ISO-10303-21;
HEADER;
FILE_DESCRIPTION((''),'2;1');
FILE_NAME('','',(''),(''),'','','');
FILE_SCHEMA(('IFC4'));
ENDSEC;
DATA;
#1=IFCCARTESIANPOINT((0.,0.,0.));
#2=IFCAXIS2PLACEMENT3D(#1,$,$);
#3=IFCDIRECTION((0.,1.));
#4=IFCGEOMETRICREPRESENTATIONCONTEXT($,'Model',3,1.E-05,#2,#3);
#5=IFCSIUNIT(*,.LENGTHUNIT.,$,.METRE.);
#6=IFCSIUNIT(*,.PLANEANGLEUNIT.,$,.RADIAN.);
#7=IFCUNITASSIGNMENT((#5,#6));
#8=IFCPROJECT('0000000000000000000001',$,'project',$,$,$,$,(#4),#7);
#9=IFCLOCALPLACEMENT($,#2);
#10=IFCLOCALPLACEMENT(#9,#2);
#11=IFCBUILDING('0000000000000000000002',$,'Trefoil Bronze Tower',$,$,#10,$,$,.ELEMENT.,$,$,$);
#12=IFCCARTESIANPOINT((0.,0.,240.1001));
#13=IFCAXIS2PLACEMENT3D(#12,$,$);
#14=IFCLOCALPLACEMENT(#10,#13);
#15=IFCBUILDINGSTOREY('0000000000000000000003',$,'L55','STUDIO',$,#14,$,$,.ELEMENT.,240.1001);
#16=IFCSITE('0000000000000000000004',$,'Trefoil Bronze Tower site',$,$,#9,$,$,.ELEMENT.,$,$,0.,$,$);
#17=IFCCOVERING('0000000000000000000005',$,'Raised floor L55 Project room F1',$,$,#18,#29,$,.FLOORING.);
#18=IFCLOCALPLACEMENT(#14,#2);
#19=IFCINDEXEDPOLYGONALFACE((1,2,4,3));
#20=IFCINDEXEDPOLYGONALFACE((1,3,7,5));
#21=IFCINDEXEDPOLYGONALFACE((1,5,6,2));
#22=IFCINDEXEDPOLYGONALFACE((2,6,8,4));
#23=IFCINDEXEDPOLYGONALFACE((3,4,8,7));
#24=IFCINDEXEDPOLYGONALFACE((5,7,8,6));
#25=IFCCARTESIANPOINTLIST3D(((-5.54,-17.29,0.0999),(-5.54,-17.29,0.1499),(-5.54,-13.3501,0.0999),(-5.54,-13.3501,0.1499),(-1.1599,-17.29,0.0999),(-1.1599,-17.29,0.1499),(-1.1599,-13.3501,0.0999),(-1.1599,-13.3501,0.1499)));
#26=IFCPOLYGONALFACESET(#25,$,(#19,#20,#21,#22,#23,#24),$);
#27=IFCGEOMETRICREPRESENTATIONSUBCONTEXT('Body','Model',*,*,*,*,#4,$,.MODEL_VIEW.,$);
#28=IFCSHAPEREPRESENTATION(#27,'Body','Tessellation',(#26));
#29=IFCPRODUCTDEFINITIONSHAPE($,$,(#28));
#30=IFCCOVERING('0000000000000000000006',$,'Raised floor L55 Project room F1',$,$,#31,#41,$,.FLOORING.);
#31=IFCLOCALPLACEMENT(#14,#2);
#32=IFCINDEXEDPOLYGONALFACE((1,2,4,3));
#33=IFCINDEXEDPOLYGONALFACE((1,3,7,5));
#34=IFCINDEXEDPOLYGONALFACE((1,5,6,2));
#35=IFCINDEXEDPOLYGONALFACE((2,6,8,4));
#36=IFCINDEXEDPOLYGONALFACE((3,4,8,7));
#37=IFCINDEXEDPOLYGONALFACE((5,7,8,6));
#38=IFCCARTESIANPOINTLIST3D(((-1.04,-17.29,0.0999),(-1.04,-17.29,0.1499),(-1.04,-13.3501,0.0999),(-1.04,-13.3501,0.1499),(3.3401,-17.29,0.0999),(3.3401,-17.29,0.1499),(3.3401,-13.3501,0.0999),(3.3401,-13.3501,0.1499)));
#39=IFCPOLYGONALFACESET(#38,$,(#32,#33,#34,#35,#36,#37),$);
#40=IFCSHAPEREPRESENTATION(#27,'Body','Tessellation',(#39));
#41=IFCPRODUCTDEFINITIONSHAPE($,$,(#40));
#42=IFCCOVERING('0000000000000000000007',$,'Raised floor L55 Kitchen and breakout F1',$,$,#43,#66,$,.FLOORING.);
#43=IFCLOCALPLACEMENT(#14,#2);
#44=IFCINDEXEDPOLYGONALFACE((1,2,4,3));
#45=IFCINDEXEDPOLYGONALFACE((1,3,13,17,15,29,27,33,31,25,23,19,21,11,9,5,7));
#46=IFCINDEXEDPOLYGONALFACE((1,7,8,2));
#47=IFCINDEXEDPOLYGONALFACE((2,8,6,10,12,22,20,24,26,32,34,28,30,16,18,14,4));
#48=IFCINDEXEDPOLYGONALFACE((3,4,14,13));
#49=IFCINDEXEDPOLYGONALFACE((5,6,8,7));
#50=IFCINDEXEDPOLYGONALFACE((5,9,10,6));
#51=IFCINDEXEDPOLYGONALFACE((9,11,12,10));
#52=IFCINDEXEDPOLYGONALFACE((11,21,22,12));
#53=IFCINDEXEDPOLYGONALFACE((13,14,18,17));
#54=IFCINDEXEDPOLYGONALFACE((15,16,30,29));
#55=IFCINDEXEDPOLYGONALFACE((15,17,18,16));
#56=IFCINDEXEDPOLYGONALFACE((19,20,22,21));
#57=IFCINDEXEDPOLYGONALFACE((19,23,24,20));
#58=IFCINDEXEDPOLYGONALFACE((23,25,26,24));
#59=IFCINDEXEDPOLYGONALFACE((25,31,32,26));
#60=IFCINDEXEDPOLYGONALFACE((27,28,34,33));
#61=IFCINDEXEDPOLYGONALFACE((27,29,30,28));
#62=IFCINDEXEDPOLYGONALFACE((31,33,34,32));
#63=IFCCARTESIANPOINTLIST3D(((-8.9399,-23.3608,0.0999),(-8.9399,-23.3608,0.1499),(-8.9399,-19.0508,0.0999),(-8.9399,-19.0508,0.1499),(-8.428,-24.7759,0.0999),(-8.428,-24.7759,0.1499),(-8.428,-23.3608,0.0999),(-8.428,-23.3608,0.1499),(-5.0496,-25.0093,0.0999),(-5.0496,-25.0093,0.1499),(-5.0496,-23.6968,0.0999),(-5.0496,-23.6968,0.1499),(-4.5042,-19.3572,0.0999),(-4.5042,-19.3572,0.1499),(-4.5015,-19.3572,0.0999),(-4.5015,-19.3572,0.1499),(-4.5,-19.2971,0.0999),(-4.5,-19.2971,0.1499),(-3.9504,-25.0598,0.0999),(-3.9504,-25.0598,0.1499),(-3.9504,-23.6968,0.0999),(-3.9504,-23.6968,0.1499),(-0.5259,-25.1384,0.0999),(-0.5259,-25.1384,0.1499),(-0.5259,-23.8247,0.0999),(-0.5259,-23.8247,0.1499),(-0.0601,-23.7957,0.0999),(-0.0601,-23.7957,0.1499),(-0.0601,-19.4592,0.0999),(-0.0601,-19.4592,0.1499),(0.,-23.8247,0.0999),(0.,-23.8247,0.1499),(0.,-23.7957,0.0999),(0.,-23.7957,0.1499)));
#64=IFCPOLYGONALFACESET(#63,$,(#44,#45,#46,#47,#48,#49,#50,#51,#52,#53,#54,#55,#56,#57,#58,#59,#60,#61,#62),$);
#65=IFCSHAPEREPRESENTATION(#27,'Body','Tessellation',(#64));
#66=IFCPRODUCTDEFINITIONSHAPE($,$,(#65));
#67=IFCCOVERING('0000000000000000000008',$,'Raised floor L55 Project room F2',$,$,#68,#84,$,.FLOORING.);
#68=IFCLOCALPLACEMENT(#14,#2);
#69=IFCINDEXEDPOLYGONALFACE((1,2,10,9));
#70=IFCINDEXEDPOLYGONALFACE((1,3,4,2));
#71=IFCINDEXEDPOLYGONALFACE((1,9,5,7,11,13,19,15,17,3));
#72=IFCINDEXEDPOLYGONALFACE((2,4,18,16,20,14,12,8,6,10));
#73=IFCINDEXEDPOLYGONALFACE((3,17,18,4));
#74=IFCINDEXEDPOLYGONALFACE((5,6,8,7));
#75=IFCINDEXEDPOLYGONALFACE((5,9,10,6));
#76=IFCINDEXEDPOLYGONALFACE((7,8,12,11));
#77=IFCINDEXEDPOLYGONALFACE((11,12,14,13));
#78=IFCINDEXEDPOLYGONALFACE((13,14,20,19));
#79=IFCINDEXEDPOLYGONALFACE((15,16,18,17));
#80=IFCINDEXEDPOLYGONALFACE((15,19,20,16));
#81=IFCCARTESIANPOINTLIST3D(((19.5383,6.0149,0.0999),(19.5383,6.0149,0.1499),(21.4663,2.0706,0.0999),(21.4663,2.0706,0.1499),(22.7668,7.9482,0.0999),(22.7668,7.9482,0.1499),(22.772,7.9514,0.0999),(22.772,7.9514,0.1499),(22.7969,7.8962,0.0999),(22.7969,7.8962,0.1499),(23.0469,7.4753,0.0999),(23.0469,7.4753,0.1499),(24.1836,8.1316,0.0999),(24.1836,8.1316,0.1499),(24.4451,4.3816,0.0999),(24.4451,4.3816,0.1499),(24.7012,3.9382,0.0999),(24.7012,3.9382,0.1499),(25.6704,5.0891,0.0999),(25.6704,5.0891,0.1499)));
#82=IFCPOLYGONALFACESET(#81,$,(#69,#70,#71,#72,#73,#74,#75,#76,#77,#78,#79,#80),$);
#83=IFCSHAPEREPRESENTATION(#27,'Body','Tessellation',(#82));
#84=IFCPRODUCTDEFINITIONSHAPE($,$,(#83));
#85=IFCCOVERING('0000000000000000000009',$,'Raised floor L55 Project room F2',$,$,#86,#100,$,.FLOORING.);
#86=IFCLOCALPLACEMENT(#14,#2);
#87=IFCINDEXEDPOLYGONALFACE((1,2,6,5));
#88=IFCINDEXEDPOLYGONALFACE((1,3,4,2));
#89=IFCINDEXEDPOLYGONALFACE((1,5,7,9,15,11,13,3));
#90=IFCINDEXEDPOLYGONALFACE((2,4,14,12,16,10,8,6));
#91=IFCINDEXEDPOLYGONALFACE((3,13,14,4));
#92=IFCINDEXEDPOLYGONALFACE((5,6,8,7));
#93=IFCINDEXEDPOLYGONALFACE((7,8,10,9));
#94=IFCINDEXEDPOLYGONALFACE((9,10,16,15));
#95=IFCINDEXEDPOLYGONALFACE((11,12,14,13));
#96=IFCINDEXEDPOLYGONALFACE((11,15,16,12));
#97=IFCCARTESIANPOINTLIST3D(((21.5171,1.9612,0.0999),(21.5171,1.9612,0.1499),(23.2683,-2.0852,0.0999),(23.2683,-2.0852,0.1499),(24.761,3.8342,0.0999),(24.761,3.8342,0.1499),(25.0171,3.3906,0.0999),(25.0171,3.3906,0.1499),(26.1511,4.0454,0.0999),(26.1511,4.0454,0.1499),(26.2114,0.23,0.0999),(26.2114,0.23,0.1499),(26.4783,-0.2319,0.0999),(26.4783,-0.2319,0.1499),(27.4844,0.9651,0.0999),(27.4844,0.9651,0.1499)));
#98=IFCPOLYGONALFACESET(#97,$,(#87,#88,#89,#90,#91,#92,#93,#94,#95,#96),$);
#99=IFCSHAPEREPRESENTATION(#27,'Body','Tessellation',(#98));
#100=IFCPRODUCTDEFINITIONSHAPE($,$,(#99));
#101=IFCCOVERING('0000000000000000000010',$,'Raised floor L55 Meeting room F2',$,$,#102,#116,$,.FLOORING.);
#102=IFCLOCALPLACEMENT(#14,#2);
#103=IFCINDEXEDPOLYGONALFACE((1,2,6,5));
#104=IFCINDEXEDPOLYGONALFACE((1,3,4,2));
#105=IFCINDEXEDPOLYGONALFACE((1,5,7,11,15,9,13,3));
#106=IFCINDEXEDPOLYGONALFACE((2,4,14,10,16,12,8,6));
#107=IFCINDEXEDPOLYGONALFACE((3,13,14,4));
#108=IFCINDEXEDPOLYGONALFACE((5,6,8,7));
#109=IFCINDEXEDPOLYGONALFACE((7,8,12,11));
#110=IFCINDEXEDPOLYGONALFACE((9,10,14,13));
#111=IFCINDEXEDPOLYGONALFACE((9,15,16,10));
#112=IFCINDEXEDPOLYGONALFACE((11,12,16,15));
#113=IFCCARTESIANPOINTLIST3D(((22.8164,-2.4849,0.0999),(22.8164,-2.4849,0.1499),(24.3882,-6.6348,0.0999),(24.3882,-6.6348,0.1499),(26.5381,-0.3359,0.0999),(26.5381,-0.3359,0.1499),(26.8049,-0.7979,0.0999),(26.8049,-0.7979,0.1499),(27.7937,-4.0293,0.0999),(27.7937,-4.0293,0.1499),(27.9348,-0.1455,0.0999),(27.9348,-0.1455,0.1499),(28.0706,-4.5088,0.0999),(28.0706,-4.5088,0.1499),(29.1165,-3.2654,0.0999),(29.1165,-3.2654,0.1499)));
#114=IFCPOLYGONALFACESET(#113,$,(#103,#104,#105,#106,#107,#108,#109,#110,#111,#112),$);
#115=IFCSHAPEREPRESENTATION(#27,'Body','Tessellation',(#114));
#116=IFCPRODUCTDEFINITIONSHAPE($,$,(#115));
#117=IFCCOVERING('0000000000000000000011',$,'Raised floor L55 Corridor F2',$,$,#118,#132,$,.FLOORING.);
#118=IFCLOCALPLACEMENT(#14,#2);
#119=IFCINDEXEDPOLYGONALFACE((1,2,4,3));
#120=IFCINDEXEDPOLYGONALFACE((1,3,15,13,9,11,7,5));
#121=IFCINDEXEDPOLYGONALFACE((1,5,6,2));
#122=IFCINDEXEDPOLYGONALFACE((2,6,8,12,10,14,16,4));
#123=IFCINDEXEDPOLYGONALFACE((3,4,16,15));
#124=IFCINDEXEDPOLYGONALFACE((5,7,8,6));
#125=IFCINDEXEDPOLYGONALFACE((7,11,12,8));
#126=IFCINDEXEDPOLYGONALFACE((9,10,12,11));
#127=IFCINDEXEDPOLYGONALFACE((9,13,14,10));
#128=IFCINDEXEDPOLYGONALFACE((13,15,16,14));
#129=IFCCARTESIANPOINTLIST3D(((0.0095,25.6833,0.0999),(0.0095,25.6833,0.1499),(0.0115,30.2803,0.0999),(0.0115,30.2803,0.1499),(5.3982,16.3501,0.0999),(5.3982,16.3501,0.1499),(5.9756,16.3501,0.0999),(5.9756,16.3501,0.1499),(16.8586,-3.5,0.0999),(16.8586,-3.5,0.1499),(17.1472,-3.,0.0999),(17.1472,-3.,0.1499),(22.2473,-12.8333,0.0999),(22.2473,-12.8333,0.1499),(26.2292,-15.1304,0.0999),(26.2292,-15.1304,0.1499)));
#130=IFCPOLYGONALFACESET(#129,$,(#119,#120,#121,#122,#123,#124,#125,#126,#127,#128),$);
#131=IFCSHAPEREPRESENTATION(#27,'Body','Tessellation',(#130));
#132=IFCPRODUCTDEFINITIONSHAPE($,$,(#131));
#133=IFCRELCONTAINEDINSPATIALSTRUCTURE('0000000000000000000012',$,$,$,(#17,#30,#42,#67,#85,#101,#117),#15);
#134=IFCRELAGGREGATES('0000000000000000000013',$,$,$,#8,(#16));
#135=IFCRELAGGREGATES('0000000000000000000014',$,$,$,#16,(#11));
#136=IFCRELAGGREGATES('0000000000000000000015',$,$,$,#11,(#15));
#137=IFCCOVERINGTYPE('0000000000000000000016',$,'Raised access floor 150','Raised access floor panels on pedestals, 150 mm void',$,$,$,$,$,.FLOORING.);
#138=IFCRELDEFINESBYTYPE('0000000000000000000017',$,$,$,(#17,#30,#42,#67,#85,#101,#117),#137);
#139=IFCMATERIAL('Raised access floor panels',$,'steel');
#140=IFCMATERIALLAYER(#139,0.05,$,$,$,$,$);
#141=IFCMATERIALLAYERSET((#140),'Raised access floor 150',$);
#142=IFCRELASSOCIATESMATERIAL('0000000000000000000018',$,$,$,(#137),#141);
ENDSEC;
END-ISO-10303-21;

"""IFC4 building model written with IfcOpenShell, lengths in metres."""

from ifc_helpers import new_model, si_unit, direction, frame, origin, place, context, subcontext, project, spatial, polyline, outline, extrude, material, layer, layer_set, type_object, element, save


model = new_model("IFC4")

# Units and contexts
model_context = context("Model", 3, precision=1e-05, world=origin(), true_north=direction((0.0, 1.0)))
body_context = subcontext(model_context, "Body", "Model", "MODEL_VIEW")
ifc_project = project(units=[si_unit("LENGTHUNIT", "METRE"), si_unit("PLANEANGLEUNIT", "RADIAN")], contexts=[model_context])

# Site, building, storey
site_placement = place(None, origin())
site = spatial("IfcSite", under=ifc_project, at=site_placement, Name="Trefoil Bronze Tower site", CompositionType="ELEMENT", RefElevation=0.0)
building_placement = place(site_placement, origin())
building = spatial("IfcBuilding", under=site, at=building_placement, Name="Trefoil Bronze Tower", CompositionType="ELEMENT")
storey_placement = place(building_placement, frame((0.0, 0.0, 240.1001)))
storey = spatial("IfcBuildingStorey", under=building, at=storey_placement, Name="L55", Description="STUDIO", CompositionType="ELEMENT", Elevation=240.1001)

# Coverings
ifc_material_1 = material(Name="Raised access floor panels", Category="steel")
ifc_layer_1 = layer(ifc_material_1, 0.05)
ifc_layer_set_1 = layer_set([ifc_layer_1], Name="Raised access floor 150")
covering_type_1 = type_object("IfcCoveringType", Name="Raised access floor 150", Description="Raised access floor panels on pedestals, 150 mm void", PredefinedType="FLOORING", material=ifc_layer_set_1)
covering_1_placement = place(storey_placement, frame((0.0, 0.0, 0.0999)))
element("IfcCovering", 1, at=covering_1_placement, inside=storey, type_object=covering_type_1, Name="Raised floor L55 Project room F1", PredefinedType="FLOORING", context=body_context, shape_type="SweptSolid", body=[
    extrude(outline(polyline([(-1.1599, -13.3501), (-1.1599, -17.29), (-5.54, -17.29), (-5.54, -13.3501), (-1.1599, -13.3501)])), origin(), (0.0, 0.0, 1.0), 0.05),
])
covering_2_placement = place(storey_placement, frame((0.0, 0.0, 0.0999)))
element("IfcCovering", 2, at=covering_2_placement, inside=storey, type_object=covering_type_1, Name="Raised floor L55 Project room F1", PredefinedType="FLOORING", context=body_context, shape_type="SweptSolid", body=[
    extrude(outline(polyline([(3.3401, -13.3501), (3.3401, -17.29), (-1.04, -17.29), (-1.04, -13.3501), (3.3401, -13.3501)])), origin(), (0.0, 0.0, 1.0), 0.05),
])
covering_3_placement = place(storey_placement, frame((0.0, 0.0, 0.0999)))
element("IfcCovering", 3, at=covering_3_placement, inside=storey, type_object=covering_type_1, Name="Raised floor L55 Kitchen and breakout F1", PredefinedType="FLOORING", context=body_context, shape_type="SweptSolid", body=[
    extrude(outline(polyline([(-3.9504, -25.0598), (-3.9504, -23.6968), (-5.0496, -23.6968), (-5.0496, -25.0093), (-8.428, -24.7759), (-8.428, -23.3608), (-8.9399, -23.3608), (-8.9399, -19.0508), (-4.5042, -19.3572), (-4.5, -19.2971), (-4.5015, -19.3572), (-0.0601, -19.4592), (-0.0601, -23.7957), (0.0, -23.7957), (0.0, -23.8247), (-0.5259, -23.8247), (-0.5259, -25.1384), (-3.9504, -25.0598)])), origin(), (0.0, 0.0, 1.0), 0.05),
])
covering_4_placement = place(storey_placement, frame((0.0, 0.0, 0.0999)))
element("IfcCovering", 4, at=covering_4_placement, inside=storey, type_object=covering_type_1, Name="Raised floor L55 Project room F2", PredefinedType="FLOORING", context=body_context, shape_type="SweptSolid", body=[
    extrude(outline(polyline([(24.7012, 3.9382), (21.4663, 2.0706), (19.5383, 6.0149), (22.7969, 7.8962), (22.7668, 7.9482), (22.772, 7.9514), (23.0469, 7.4753), (24.1836, 8.1316), (25.6704, 5.0891), (24.4451, 4.3816), (24.7012, 3.9382)])), origin(), (0.0, 0.0, 1.0), 0.05),
])
covering_5_placement = place(storey_placement, frame((0.0, 0.0, 0.0999)))
element("IfcCovering", 5, at=covering_5_placement, inside=storey, type_object=covering_type_1, Name="Raised floor L55 Project room F2", PredefinedType="FLOORING", context=body_context, shape_type="SweptSolid", body=[
    extrude(outline(polyline([(26.4783, -0.2319), (23.2683, -2.0852), (21.5171, 1.9612), (24.761, 3.8342), (25.0171, 3.3906), (26.1511, 4.0454), (27.4844, 0.9651), (26.2114, 0.23), (26.4783, -0.2319)])), origin(), (0.0, 0.0, 1.0), 0.05),
])
covering_6_placement = place(storey_placement, frame((0.0, 0.0, 0.0999)))
element("IfcCovering", 6, at=covering_6_placement, inside=storey, type_object=covering_type_1, Name="Raised floor L55 Meeting room F2", PredefinedType="FLOORING", context=body_context, shape_type="SweptSolid", body=[
    extrude(outline(polyline([(28.0706, -4.5088), (24.3882, -6.6348), (22.8164, -2.4849), (26.5381, -0.3359), (26.8049, -0.7979), (27.9348, -0.1455), (29.1165, -3.2654), (27.7937, -4.0293), (28.0706, -4.5088)])), origin(), (0.0, 0.0, 1.0), 0.05),
])
covering_7_placement = place(storey_placement, frame((0.0, 0.0, 0.0999)))
element("IfcCovering", 7, at=covering_7_placement, inside=storey, type_object=covering_type_1, Name="Raised floor L55 Corridor F2", PredefinedType="FLOORING", context=body_context, shape_type="SweptSolid", body=[
    extrude(outline(polyline([(0.0115, 30.2803), (26.2292, -15.1304), (22.2473, -12.8333), (16.8586, -3.5), (17.1472, -3.0), (5.9756, 16.3501), (5.3982, 16.3501), (0.0095, 25.6833), (0.0115, 30.2803)])), origin(), (0.0, 0.0, 1.0), 0.05),
])

save(model, "model.ifc")
